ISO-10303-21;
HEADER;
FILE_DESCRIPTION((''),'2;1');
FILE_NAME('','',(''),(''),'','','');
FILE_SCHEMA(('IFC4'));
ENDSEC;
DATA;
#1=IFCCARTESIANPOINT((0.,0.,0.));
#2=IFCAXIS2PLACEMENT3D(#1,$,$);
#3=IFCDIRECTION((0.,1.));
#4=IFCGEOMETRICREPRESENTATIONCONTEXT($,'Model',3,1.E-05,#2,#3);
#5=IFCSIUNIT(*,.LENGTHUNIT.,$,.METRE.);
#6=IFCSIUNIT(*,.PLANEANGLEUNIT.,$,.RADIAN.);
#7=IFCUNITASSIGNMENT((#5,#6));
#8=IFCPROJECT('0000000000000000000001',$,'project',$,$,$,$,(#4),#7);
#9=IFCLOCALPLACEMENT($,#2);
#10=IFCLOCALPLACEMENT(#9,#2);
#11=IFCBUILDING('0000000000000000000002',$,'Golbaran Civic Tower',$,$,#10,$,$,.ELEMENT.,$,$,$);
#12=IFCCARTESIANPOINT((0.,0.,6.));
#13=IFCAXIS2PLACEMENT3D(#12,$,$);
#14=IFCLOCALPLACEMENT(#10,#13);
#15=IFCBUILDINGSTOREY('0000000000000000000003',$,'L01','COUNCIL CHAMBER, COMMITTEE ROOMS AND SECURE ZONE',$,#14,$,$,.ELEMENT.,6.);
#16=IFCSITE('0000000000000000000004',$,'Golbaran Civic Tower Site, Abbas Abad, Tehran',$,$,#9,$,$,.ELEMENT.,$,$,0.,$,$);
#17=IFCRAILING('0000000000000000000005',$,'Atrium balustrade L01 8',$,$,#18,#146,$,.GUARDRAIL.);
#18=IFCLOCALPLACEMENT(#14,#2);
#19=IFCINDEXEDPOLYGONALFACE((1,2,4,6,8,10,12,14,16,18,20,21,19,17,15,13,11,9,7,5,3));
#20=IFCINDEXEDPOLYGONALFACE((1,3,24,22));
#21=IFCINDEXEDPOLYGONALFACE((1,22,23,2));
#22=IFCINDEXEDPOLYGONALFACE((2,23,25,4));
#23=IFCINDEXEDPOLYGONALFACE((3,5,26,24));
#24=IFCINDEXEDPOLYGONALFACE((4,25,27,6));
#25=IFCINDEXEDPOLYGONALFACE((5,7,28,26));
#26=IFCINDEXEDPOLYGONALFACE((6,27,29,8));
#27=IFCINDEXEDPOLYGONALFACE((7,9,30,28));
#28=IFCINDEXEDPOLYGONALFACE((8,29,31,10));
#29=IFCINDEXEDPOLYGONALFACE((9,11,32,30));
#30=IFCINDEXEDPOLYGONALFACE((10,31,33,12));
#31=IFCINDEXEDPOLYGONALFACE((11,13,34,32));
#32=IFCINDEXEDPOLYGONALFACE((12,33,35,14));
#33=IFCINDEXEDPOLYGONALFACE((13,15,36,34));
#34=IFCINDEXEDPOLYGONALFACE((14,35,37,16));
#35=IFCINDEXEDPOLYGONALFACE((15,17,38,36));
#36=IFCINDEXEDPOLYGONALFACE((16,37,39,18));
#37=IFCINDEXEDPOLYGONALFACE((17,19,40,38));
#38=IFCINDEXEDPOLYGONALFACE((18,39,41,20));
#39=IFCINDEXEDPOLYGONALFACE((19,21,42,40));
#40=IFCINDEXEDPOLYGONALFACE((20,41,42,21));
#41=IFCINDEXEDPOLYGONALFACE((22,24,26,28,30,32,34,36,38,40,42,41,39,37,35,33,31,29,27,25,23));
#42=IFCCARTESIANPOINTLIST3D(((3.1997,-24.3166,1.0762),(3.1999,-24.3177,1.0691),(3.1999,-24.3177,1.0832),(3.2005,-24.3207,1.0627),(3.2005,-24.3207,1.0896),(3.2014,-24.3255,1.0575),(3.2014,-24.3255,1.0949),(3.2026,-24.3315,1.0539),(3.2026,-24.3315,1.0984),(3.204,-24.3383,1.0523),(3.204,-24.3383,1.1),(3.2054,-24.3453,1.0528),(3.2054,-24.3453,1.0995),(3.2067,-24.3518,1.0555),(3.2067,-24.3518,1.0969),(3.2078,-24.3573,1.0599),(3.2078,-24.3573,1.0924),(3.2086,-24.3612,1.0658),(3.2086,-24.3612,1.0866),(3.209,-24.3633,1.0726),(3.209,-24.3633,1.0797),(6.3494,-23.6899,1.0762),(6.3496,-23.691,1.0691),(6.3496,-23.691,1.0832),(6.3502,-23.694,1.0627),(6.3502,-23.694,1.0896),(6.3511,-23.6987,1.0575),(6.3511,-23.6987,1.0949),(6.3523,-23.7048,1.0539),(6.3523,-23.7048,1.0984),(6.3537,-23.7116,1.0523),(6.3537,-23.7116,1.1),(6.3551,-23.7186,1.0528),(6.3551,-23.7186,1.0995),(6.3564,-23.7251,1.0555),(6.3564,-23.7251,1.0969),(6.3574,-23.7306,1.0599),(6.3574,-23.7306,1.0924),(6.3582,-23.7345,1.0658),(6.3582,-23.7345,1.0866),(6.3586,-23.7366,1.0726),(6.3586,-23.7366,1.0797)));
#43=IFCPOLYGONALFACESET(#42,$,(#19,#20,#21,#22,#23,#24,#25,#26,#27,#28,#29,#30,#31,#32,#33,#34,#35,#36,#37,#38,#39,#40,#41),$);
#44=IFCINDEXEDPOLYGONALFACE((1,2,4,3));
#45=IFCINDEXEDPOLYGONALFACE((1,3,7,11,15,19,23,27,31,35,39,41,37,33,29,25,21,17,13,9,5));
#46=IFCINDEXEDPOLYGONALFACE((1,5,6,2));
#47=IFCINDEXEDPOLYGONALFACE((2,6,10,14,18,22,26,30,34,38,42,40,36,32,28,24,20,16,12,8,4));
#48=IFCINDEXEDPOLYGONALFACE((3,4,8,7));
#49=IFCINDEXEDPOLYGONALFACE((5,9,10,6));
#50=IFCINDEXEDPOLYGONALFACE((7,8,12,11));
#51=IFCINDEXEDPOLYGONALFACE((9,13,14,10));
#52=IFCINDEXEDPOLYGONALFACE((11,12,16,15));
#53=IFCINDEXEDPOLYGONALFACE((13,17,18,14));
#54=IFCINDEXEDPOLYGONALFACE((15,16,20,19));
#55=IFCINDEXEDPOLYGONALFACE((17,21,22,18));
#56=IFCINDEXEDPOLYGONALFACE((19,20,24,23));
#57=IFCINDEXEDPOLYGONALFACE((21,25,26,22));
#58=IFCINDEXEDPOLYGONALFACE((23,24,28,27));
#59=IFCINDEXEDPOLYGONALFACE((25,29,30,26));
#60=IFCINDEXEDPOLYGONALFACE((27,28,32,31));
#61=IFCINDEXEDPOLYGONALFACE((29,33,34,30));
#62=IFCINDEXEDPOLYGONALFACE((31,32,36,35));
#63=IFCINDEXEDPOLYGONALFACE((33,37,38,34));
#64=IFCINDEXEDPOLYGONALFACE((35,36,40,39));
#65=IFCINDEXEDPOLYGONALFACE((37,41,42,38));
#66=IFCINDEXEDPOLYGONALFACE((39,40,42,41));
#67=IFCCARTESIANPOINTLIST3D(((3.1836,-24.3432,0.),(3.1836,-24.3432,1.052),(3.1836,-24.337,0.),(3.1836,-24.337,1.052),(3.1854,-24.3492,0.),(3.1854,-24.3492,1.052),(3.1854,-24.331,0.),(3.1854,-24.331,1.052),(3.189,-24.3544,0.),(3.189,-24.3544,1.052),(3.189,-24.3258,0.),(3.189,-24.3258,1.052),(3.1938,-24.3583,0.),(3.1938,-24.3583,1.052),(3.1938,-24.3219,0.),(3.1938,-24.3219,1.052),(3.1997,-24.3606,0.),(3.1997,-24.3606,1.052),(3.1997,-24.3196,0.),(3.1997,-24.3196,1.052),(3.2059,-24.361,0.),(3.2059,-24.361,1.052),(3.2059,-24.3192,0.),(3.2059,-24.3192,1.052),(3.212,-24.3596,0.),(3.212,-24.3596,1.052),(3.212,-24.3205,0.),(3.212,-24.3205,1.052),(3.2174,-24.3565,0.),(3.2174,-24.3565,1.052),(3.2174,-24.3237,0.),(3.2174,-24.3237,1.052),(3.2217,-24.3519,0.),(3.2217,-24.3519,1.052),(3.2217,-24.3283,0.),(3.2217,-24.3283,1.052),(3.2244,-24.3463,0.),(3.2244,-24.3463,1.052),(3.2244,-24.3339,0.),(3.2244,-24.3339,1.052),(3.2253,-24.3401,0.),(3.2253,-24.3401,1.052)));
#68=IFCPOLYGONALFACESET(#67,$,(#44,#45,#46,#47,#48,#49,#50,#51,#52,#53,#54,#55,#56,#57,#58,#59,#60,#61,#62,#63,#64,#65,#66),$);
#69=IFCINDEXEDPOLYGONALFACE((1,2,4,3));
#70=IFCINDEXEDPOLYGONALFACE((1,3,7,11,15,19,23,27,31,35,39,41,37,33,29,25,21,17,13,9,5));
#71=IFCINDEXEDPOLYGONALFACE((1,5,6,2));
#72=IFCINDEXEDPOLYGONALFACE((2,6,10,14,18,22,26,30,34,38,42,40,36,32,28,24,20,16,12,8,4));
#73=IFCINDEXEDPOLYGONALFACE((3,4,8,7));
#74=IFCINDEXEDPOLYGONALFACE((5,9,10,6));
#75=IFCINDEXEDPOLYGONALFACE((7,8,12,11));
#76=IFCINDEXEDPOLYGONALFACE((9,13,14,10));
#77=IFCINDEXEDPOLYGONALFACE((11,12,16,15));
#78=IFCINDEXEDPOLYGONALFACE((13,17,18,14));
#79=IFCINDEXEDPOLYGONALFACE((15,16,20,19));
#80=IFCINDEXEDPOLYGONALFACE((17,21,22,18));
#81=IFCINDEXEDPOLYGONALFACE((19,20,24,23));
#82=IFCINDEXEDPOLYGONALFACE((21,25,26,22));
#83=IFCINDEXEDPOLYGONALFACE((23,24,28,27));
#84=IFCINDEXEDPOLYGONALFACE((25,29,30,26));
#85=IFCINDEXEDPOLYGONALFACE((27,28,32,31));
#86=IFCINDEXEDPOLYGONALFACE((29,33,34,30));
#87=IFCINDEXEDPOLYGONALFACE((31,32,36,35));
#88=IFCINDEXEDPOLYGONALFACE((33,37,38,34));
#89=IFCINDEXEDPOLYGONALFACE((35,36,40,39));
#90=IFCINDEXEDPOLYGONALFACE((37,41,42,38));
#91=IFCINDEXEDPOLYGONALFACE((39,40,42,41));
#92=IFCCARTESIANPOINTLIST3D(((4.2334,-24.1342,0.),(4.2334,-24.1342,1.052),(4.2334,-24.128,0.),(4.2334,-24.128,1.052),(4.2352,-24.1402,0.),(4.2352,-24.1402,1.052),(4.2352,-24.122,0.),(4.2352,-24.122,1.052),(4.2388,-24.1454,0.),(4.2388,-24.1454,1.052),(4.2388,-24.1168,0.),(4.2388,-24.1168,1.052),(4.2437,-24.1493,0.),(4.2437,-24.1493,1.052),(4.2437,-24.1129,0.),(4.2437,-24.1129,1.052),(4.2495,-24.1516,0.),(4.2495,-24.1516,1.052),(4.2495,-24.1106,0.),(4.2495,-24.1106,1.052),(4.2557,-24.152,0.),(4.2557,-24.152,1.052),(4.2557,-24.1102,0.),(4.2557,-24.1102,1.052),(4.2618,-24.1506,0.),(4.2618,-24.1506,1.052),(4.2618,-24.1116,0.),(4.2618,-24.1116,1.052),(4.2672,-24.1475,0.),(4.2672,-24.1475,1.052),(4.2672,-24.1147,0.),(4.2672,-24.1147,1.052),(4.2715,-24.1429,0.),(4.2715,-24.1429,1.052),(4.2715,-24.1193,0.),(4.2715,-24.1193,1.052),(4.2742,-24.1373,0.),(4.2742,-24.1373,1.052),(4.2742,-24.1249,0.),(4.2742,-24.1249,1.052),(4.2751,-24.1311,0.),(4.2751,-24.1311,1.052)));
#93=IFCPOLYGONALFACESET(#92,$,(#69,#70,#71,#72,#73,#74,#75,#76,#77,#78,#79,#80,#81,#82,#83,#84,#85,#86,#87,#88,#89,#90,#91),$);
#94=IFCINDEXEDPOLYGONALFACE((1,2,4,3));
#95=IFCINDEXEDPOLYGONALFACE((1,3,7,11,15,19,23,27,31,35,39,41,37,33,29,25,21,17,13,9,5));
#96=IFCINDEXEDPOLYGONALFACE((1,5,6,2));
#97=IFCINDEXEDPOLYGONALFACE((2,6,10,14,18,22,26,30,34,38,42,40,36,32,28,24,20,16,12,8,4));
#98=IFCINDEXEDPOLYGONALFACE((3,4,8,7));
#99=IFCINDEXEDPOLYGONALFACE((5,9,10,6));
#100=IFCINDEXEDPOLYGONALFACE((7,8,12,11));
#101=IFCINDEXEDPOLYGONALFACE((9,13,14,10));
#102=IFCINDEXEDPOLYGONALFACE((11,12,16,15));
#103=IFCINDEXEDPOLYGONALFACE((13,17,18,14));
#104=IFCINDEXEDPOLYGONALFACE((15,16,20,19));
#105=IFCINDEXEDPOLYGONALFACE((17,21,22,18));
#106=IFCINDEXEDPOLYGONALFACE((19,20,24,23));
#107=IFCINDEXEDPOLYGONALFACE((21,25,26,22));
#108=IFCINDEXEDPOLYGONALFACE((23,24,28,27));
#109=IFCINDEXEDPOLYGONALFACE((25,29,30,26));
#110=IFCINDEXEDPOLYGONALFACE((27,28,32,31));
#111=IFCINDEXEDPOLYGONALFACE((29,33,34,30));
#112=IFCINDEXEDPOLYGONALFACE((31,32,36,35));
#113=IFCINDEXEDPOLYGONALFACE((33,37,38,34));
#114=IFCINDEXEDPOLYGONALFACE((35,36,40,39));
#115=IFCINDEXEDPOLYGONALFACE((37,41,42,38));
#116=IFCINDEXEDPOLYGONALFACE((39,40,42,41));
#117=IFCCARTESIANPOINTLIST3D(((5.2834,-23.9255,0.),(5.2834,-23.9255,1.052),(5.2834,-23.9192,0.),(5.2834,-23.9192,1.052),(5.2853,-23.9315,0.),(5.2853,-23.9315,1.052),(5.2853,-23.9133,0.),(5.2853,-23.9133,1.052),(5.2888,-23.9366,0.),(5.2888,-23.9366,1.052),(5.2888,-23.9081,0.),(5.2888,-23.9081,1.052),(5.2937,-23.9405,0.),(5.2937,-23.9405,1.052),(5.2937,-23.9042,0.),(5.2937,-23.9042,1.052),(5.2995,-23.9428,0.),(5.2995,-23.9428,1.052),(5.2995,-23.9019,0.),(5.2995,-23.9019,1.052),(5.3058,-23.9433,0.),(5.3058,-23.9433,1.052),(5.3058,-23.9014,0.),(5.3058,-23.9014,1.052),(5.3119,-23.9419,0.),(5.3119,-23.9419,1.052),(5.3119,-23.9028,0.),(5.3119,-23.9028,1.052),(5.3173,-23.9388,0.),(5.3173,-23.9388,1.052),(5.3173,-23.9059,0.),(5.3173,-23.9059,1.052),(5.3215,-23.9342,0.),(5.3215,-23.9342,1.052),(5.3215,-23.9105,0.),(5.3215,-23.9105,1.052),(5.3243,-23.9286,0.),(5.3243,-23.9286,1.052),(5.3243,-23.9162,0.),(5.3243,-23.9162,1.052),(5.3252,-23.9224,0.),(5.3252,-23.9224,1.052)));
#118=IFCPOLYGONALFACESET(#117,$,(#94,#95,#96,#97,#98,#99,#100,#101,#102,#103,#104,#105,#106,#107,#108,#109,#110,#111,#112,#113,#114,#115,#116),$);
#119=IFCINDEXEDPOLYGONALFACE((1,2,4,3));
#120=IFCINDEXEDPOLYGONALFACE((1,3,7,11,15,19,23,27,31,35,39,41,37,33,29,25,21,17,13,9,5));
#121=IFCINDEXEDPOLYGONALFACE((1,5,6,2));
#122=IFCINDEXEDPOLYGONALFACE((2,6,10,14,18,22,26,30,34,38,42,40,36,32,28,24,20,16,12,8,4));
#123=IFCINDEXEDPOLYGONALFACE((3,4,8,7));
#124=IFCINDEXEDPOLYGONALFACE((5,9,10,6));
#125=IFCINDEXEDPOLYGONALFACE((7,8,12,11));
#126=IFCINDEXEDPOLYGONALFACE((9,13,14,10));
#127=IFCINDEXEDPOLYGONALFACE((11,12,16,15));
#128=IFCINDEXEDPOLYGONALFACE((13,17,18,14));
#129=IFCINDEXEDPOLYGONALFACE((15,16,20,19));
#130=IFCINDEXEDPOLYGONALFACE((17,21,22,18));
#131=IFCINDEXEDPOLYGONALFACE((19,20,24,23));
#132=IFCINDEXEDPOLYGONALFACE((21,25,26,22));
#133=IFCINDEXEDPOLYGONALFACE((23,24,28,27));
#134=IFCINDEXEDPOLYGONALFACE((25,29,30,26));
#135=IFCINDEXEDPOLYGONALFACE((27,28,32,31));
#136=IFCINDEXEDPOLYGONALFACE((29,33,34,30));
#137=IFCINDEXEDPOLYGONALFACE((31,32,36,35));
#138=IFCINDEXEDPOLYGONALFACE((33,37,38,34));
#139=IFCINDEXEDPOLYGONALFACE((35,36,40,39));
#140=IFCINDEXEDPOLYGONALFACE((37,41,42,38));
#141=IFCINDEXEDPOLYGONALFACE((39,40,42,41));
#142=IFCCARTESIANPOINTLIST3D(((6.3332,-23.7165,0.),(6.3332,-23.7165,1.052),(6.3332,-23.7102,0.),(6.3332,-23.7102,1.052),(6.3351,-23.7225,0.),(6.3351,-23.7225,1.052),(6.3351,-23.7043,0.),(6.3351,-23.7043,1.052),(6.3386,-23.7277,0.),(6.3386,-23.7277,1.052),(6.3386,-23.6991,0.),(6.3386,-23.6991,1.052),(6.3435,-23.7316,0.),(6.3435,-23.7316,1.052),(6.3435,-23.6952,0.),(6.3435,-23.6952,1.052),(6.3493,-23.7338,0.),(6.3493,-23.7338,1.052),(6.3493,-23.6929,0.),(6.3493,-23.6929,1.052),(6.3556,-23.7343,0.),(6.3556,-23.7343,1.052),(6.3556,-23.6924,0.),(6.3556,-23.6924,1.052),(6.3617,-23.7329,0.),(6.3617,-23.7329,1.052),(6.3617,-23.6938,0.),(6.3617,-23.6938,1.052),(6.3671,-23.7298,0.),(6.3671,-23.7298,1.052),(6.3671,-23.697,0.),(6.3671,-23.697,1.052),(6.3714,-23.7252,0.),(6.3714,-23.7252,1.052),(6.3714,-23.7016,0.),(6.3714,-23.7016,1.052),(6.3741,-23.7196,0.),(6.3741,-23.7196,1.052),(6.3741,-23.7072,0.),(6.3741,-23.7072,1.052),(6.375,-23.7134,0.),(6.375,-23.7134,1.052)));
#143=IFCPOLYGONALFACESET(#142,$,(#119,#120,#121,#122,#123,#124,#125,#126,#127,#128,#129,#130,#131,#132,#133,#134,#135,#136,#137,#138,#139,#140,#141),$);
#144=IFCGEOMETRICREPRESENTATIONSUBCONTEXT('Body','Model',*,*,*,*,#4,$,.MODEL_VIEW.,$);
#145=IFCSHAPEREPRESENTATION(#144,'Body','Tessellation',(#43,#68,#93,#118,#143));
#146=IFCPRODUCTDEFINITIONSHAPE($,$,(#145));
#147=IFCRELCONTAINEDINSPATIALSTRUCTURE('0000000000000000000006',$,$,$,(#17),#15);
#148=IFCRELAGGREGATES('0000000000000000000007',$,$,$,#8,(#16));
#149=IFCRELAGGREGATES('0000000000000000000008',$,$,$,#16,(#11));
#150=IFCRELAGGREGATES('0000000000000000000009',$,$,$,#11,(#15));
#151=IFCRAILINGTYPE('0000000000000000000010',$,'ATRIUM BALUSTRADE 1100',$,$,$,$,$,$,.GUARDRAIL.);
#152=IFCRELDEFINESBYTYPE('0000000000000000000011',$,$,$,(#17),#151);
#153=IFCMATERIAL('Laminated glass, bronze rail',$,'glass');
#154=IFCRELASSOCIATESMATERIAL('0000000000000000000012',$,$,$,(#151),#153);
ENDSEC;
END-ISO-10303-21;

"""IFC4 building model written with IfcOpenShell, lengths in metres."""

from ifc_helpers import new_model, si_unit, direction, frame, origin, origin_2d, place, context, subcontext, project, spatial, circle, extrude, material, type_object, element, save


model = new_model("IFC4")

# Units and contexts
model_context = context("Model", 3, precision=1e-05, world=origin(), true_north=direction((0.0, 1.0)))
body_context = subcontext(model_context, "Body", "Model", "MODEL_VIEW")
ifc_project = project(units=[si_unit("LENGTHUNIT", "METRE"), si_unit("PLANEANGLEUNIT", "RADIAN")], contexts=[model_context])

# Site, building, storey
site_placement = place(None, origin())
site = spatial("IfcSite", under=ifc_project, at=site_placement, Name="Golbaran Civic Tower Site, Abbas Abad, Tehran", CompositionType="ELEMENT", RefElevation=0.0)
building_placement = place(site_placement, origin())
building = spatial("IfcBuilding", under=site, at=building_placement, Name="Golbaran Civic Tower", CompositionType="ELEMENT")
storey_placement = place(building_placement, frame((0.0, 0.0, 6.0)))
storey = spatial("IfcBuildingStorey", under=building, at=storey_placement, Name="L01", Description="COUNCIL CHAMBER, COMMITTEE ROOMS AND SECURE ZONE", CompositionType="ELEMENT", Elevation=6.0)

# Railing
ifc_material_1 = material(Name="Laminated glass, bronze rail", Category="glass")
railing_type = type_object("IfcRailingType", Name="ATRIUM BALUSTRADE 1100", PredefinedType="GUARDRAIL", material=ifc_material_1)
railing_1_placement = place(storey_placement, frame((3.2043, -24.3401, 0.0)))
element("IfcRailing", 1, at=railing_1_placement, inside=storey, type_object=railing_type, Name="Atrium balustrade L01 8", PredefinedType="GUARDRAIL", context=body_context, shape_type="SweptSolid", body=[
    extrude(circle(Radius=0.0239, at=origin_2d()), frame((0.0, 0.0, 1.0762), z_axis=(0.980773, 0.195151, 0.0), x_axis=(-0.195151, 0.980773, 0.0)), (0.0, 0.0, 1.0), 3.2114),
    extrude(circle(Radius=0.021, at=origin_2d()), origin(), (0.0, 0.0, 1.0), 1.052),
    extrude(circle(Radius=0.021, at=origin_2d()), frame((1.0498, 0.209, 0.0)), (0.0, 0.0, 1.0), 1.052),
    extrude(circle(Radius=0.021, at=origin_2d()), frame((2.0999, 0.4177, 0.0)), (0.0, 0.0, 1.0), 1.052),
    extrude(circle(Radius=0.021, at=origin_2d()), frame((3.1497, 0.6267, 0.0)), (0.0, 0.0, 1.0), 1.052),
])

save(model, "model.ifc")
